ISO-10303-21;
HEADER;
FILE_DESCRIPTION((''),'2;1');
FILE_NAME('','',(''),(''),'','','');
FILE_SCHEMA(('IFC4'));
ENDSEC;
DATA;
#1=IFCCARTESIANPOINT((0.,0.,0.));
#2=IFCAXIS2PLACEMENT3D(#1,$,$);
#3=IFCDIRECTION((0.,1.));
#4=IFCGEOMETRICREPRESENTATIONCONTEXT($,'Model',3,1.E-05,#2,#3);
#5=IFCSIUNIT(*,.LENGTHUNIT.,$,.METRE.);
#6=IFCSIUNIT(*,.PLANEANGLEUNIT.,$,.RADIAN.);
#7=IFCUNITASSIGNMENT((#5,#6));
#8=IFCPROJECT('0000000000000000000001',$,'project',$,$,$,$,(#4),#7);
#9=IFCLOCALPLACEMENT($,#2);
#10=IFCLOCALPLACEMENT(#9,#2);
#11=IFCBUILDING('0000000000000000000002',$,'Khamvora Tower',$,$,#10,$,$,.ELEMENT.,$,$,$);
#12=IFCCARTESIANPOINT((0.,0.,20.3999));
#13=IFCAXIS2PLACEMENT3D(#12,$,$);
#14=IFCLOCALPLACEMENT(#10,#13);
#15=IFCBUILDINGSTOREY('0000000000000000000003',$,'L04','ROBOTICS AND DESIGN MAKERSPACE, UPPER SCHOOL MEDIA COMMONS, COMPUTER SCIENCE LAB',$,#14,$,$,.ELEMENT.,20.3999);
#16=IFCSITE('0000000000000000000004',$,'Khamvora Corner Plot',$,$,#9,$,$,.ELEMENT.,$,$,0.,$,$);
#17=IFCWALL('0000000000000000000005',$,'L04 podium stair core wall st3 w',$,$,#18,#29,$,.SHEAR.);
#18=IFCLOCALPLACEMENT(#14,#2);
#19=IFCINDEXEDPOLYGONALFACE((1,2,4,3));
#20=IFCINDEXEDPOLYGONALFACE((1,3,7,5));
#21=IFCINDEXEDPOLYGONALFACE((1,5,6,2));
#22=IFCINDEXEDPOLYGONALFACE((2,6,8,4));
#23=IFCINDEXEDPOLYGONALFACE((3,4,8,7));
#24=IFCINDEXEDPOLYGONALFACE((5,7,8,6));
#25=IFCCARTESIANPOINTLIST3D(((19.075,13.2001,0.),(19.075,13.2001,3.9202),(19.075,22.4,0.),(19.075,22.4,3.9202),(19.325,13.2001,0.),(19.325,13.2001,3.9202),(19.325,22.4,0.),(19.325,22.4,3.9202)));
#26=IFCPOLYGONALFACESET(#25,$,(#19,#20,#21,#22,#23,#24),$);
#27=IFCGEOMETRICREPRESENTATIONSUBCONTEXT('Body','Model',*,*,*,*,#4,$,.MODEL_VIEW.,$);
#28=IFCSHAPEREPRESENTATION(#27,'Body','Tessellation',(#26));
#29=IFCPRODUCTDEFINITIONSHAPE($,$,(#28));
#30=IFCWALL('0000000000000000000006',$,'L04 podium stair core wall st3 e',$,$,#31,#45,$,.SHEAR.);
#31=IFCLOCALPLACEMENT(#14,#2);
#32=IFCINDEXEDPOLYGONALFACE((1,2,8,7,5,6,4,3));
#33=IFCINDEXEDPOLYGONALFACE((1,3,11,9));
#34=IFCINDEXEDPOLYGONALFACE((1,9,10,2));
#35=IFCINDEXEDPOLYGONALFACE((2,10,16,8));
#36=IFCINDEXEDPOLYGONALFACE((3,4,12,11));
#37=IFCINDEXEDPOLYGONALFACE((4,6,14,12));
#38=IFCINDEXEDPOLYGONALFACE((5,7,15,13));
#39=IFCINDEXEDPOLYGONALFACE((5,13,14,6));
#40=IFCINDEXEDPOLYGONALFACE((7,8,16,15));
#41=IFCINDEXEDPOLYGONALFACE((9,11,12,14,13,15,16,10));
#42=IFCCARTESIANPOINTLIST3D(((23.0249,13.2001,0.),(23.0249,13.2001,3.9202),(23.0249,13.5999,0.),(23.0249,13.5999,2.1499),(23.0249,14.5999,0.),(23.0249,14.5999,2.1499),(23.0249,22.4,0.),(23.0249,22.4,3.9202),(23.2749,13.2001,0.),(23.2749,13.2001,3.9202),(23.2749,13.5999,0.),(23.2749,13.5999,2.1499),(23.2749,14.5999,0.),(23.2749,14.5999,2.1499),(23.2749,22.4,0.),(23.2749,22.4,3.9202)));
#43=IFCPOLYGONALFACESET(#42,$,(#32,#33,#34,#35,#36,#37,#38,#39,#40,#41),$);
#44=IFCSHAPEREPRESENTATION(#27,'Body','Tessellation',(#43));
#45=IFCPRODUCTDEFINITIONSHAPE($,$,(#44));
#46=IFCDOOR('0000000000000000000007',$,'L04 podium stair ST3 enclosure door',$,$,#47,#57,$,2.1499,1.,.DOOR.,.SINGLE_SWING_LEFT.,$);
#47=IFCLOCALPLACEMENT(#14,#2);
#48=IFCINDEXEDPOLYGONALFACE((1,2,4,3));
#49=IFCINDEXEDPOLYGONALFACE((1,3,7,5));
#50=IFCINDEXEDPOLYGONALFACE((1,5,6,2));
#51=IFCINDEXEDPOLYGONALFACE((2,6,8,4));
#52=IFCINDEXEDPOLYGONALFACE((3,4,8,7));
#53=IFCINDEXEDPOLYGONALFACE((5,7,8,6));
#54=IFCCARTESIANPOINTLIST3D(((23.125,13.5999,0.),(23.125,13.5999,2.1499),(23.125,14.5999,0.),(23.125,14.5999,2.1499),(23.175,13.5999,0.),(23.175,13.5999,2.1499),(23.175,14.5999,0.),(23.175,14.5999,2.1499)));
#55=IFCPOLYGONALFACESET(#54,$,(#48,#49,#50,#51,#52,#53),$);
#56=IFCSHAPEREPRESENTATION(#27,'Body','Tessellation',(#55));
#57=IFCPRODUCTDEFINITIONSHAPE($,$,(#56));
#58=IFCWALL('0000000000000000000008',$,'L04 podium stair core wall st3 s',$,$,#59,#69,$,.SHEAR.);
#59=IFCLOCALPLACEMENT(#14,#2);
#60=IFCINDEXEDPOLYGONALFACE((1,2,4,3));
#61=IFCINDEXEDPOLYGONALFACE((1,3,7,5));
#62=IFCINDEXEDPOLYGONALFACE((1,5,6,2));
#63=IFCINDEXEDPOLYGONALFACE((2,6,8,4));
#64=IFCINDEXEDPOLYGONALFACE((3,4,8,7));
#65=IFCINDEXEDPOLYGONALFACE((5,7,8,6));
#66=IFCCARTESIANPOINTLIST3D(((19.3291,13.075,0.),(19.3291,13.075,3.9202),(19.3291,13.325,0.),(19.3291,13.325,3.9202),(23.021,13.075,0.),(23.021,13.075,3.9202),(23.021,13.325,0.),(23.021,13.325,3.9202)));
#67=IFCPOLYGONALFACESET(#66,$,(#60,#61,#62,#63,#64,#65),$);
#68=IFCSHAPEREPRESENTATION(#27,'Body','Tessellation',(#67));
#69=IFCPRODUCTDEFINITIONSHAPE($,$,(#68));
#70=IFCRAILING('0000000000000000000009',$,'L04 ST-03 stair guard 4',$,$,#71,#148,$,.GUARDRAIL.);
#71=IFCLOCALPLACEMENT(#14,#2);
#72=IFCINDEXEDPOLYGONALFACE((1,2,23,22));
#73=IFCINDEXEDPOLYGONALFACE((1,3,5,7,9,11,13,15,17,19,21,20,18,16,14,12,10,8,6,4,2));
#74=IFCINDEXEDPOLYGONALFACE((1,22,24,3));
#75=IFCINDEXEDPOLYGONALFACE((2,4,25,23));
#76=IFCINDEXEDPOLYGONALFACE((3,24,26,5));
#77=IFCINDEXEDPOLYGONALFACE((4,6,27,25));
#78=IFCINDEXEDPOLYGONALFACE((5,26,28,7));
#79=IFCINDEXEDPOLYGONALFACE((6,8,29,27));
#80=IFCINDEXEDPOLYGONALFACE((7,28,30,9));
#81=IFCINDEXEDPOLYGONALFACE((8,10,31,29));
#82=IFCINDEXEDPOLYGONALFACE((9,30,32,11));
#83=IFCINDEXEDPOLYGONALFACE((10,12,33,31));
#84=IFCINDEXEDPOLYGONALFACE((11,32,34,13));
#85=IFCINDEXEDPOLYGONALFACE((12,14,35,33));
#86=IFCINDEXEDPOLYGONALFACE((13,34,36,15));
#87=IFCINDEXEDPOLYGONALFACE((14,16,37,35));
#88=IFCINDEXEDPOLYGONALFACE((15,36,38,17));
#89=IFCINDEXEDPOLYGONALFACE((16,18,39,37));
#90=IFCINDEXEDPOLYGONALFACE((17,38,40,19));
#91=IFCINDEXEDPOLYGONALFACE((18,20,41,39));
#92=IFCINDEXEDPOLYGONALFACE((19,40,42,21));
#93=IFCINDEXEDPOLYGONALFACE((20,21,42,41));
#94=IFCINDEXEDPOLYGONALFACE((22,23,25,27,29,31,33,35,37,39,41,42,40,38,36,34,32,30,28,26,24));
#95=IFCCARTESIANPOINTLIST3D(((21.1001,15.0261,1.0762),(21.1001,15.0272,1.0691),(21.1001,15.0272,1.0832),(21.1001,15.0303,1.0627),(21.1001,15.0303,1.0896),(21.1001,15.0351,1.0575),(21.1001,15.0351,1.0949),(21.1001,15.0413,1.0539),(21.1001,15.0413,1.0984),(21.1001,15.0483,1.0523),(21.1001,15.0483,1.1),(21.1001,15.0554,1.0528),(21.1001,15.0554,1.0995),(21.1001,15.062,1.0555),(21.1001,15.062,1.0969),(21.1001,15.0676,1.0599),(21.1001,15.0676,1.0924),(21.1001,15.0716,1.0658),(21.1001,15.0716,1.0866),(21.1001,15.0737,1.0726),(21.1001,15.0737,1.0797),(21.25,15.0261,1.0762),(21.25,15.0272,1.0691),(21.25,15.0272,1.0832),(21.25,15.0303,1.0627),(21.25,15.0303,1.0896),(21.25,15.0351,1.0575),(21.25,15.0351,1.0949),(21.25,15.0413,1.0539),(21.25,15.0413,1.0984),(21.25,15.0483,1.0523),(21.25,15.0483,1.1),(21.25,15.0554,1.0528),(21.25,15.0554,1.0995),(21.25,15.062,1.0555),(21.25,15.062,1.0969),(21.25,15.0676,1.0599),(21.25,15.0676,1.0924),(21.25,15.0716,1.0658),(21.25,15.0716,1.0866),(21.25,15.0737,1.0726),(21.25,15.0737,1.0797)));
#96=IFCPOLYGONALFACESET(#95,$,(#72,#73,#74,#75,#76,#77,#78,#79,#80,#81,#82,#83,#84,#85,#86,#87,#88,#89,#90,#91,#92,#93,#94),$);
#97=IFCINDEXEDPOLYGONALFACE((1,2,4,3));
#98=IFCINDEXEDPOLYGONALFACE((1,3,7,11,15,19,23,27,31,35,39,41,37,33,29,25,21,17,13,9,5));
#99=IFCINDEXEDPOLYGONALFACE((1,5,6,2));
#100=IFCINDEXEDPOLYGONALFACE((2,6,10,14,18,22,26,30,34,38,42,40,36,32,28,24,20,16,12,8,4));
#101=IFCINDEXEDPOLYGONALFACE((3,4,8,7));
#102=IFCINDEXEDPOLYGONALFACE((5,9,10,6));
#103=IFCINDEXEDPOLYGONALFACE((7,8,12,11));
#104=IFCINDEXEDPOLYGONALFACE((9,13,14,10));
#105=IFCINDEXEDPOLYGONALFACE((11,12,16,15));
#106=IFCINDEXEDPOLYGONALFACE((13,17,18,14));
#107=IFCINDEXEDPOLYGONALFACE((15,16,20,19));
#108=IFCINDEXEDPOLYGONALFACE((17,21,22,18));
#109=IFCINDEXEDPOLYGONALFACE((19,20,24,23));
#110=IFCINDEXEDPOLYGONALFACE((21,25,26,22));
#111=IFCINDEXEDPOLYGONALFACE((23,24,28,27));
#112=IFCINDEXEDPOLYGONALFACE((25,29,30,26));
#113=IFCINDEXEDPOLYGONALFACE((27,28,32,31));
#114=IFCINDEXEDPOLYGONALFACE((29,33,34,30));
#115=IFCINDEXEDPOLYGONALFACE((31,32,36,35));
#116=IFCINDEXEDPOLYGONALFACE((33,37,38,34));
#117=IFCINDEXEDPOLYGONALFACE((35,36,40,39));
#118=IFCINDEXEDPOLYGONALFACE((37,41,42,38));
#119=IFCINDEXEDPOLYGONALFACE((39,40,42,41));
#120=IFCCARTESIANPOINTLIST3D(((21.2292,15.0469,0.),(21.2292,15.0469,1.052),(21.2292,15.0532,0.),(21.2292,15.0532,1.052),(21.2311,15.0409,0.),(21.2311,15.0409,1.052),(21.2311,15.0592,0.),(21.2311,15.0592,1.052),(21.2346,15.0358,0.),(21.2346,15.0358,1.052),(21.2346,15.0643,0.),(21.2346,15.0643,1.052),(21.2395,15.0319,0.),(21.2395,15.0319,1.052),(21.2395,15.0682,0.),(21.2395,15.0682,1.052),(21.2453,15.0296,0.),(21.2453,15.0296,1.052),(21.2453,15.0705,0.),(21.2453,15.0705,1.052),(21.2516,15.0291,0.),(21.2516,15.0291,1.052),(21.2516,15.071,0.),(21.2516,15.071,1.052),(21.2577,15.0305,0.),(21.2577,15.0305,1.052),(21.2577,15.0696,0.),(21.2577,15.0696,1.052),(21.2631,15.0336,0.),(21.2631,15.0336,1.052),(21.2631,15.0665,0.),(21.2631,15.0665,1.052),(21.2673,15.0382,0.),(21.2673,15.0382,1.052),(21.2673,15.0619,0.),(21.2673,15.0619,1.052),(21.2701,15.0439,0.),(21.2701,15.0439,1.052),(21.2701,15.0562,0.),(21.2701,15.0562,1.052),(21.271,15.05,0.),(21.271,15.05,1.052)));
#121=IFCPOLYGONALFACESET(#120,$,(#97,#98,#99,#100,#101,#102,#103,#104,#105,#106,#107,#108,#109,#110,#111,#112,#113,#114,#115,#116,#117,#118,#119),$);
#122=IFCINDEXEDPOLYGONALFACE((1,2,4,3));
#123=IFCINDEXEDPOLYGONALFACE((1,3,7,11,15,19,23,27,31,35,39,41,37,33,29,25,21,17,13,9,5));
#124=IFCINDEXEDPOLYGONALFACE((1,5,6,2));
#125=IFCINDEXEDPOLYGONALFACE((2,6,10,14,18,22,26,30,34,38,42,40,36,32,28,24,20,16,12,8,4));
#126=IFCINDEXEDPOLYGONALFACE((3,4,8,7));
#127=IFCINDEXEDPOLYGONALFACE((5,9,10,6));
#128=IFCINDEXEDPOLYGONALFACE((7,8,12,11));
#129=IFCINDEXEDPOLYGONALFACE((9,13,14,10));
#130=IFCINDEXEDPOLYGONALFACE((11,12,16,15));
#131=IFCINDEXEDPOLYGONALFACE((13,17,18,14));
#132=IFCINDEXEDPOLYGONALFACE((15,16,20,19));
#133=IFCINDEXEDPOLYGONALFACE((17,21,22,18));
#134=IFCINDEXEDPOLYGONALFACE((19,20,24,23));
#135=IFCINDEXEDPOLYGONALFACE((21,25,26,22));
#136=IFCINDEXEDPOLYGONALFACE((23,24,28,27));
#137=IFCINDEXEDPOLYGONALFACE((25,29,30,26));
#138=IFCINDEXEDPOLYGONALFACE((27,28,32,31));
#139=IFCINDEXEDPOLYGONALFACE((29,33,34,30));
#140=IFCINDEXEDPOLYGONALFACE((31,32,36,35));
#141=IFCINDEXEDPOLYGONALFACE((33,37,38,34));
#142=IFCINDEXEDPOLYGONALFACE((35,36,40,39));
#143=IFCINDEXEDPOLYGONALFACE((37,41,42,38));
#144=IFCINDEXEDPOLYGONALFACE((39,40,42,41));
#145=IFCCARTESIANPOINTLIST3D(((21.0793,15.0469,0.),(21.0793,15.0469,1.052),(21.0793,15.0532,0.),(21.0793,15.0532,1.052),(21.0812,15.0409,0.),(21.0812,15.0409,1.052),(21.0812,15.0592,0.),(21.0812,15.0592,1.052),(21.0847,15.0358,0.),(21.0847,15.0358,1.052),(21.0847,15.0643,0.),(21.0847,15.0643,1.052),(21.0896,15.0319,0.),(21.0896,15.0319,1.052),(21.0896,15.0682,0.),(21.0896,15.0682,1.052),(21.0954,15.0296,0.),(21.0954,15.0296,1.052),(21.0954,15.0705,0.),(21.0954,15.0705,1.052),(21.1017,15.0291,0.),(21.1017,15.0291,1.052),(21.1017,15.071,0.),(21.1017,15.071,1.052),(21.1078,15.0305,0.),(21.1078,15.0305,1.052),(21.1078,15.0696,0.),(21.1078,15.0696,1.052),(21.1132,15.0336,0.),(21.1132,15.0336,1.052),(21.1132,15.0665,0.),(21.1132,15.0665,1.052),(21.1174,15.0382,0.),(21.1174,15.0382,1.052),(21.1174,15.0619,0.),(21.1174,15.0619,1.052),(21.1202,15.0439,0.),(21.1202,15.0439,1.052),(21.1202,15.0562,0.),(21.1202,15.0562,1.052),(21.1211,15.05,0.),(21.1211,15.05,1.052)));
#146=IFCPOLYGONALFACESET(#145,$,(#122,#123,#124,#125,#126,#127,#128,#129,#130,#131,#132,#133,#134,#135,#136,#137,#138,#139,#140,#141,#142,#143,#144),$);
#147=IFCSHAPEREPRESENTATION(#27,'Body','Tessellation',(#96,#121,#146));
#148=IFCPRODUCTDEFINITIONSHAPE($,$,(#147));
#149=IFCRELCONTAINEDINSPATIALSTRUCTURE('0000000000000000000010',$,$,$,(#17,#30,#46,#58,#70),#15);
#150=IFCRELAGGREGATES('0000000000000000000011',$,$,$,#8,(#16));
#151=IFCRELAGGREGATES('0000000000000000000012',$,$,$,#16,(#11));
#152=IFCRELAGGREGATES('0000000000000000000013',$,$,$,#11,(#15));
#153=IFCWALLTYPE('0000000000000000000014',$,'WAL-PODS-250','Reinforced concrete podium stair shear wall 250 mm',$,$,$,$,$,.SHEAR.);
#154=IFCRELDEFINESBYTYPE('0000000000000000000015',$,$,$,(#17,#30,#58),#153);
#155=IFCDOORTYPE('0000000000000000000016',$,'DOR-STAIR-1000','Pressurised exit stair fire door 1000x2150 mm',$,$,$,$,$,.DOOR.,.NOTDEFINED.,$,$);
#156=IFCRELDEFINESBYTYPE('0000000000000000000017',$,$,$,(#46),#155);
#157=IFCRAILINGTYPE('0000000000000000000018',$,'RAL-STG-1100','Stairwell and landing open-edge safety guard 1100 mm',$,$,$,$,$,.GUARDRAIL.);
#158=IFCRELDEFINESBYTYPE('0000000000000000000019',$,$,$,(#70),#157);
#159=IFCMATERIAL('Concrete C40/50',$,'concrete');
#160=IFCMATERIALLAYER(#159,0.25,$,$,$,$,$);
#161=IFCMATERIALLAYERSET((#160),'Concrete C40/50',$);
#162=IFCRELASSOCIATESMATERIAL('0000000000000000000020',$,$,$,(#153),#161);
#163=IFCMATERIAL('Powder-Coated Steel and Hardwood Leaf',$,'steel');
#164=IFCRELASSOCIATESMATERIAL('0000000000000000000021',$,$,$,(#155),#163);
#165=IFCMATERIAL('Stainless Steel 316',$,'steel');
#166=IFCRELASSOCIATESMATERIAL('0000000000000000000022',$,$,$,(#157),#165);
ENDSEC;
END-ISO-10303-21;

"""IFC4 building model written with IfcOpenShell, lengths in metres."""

from ifc_helpers import new_model, si_unit, direction, frame, frame_2d, origin, origin_2d, place, context, subcontext, project, spatial, rectangle, circle, extrude, material, layer, layer_set, type_object, element, fill, save


model = new_model("IFC4")

# Units and contexts
model_context = context("Model", 3, precision=1e-05, world=origin(), true_north=direction((0.0, 1.0)))
body_context = subcontext(model_context, "Body", "Model", "MODEL_VIEW")
ifc_project = project(units=[si_unit("LENGTHUNIT", "METRE"), si_unit("PLANEANGLEUNIT", "RADIAN")], contexts=[model_context])

# Site, building, storey
site_placement = place(None, origin())
site = spatial("IfcSite", under=ifc_project, at=site_placement, Name="Khamvora Corner Plot", CompositionType="ELEMENT", RefElevation=0.0)
building_placement = place(site_placement, origin())
building = spatial("IfcBuilding", under=site, at=building_placement, Name="Khamvora Tower", CompositionType="ELEMENT")
storey_placement = place(building_placement, frame((0.0, 0.0, 20.3999)))
storey = spatial("IfcBuildingStorey", under=building, at=storey_placement, Name="L04", Description="ROBOTICS AND DESIGN MAKERSPACE, UPPER SCHOOL MEDIA COMMONS, COMPUTER SCIENCE LAB", CompositionType="ELEMENT", Elevation=20.3999)

# Wall
ifc_material_1 = material(Name="Concrete C40/50", Category="concrete")
ifc_layer_1 = layer(ifc_material_1, 0.25)
ifc_layer_set_1 = layer_set([ifc_layer_1], Name="Concrete C40/50")
wall_type_1 = type_object("IfcWallType", Name="WAL-PODS-250", Description="Reinforced concrete podium stair shear wall 250 mm", PredefinedType="SHEAR", material=ifc_layer_set_1)
wall_1_placement = place(storey_placement, frame((19.2, 13.2, 0.0), z_axis=(0.0, 0.0, 1.0), x_axis=(0.0, 1.0, 0.0)))
element("IfcWall", 1, at=wall_1_placement, inside=storey, type_object=wall_type_1, Name="L04 podium stair core wall st3 w", PredefinedType="SHEAR", context=body_context, shape_type="SweptSolid", body=[
    extrude(rectangle(XDim=9.2, YDim=0.25, at=frame_2d((4.6001, 0.0))), origin(), (0.0, 0.0, 1.0), 3.9202),
])

# Wall, opening, door
wall_2_placement = place(storey_placement, frame((23.1499, 13.2, 0.0), z_axis=(0.0, 0.0, 1.0), x_axis=(0.0, 1.0, 0.0)))
wall_2 = element("IfcWall", 2, at=wall_2_placement, inside=storey, type_object=wall_type_1, Name="L04 podium stair core wall st3 e", PredefinedType="SHEAR", context=body_context, shape_type="SweptSolid", body=[
    extrude(rectangle(XDim=9.2, YDim=0.25, at=frame_2d((4.6001, 0.0))), origin(), (0.0, 0.0, 1.0), 3.9202),
])
opening_placement = place(wall_2_placement, frame((0.3999, 0.0, 0.0)))
opening = element("IfcOpeningElement", 3, at=opening_placement, cuts=wall_2, PredefinedType="OPENING", context=body_context, shape_type="SweptSolid", body=[
    extrude(rectangle(XDim=1.0, YDim=2.1499, at=frame_2d((0.5, 1.075))), frame((0.0, 0.135, 0.0), z_axis=(0.0, -1.0, 0.0), x_axis=(1.0, 0.0, 0.0)), (0.0, 0.0, 1.0), 0.27),
])
ifc_material_2 = material(Name="Powder-Coated Steel and Hardwood Leaf", Category="steel")
door_type = type_object("IfcDoorType", Name="DOR-STAIR-1000", Description="Pressurised exit stair fire door 1000x2150 mm", OperationType="NOTDEFINED", PredefinedType="DOOR", material=ifc_material_2)
door_placement = place(opening_placement, origin())
door = element("IfcDoor", 4, at=door_placement, inside=storey, type_object=door_type, Name="L04 podium stair ST3 enclosure door", OperationType="SINGLE_SWING_LEFT", OverallHeight=2.1499, OverallWidth=1.0, PredefinedType="DOOR", context=body_context, shape_type="SweptSolid", body=[
    extrude(rectangle(XDim=1.0, YDim=2.1499, at=frame_2d((0.5, 1.075))), frame((0.0, 0.0249, 0.0), z_axis=(0.0, -1.0, 0.0), x_axis=(1.0, 0.0, 0.0)), (0.0, 0.0, 1.0), 0.05),
])
fill(opening, door)

# Wall
wall_3_placement = place(storey_placement, frame((19.3291, 13.2, 0.0), z_axis=(0.0, 0.0, 1.0), x_axis=(1.0, 0.0, 0.0)))
element("IfcWall", 5, at=wall_3_placement, inside=storey, type_object=wall_type_1, Name="L04 podium stair core wall st3 s", PredefinedType="SHEAR", context=body_context, shape_type="SweptSolid", body=[
    extrude(rectangle(XDim=3.6919, YDim=0.25, at=frame_2d((1.8459, 0.0))), origin(), (0.0, 0.0, 1.0), 3.9202),
])

# Railing
ifc_material_3 = material(Name="Stainless Steel 316", Category="steel")
railing_type = type_object("IfcRailingType", Name="RAL-STG-1100", Description="Stairwell and landing open-edge safety guard 1100 mm", PredefinedType="GUARDRAIL", material=ifc_material_3)
railing_placement = place(storey_placement, frame((21.25, 15.05, 0.0)))
element("IfcRailing", 6, at=railing_placement, inside=storey, type_object=railing_type, Name="L04 ST-03 stair guard 4", PredefinedType="GUARDRAIL", context=body_context, shape_type="SweptSolid", body=[
    extrude(circle(Radius=0.0239, at=origin_2d()), frame((0.0, 0.0, 1.0762), z_axis=(-1.0, 0.0, 0.0), x_axis=(0.0, -1.0, 0.0)), (0.0, 0.0, 1.0), 0.1499),
    extrude(circle(Radius=0.021, at=origin_2d()), origin(), (0.0, 0.0, 1.0), 1.052),
    extrude(circle(Radius=0.021, at=origin_2d()), frame((-0.1499, 0.0, 0.0)), (0.0, 0.0, 1.0), 1.052),
])

save(model, "model.ifc")
